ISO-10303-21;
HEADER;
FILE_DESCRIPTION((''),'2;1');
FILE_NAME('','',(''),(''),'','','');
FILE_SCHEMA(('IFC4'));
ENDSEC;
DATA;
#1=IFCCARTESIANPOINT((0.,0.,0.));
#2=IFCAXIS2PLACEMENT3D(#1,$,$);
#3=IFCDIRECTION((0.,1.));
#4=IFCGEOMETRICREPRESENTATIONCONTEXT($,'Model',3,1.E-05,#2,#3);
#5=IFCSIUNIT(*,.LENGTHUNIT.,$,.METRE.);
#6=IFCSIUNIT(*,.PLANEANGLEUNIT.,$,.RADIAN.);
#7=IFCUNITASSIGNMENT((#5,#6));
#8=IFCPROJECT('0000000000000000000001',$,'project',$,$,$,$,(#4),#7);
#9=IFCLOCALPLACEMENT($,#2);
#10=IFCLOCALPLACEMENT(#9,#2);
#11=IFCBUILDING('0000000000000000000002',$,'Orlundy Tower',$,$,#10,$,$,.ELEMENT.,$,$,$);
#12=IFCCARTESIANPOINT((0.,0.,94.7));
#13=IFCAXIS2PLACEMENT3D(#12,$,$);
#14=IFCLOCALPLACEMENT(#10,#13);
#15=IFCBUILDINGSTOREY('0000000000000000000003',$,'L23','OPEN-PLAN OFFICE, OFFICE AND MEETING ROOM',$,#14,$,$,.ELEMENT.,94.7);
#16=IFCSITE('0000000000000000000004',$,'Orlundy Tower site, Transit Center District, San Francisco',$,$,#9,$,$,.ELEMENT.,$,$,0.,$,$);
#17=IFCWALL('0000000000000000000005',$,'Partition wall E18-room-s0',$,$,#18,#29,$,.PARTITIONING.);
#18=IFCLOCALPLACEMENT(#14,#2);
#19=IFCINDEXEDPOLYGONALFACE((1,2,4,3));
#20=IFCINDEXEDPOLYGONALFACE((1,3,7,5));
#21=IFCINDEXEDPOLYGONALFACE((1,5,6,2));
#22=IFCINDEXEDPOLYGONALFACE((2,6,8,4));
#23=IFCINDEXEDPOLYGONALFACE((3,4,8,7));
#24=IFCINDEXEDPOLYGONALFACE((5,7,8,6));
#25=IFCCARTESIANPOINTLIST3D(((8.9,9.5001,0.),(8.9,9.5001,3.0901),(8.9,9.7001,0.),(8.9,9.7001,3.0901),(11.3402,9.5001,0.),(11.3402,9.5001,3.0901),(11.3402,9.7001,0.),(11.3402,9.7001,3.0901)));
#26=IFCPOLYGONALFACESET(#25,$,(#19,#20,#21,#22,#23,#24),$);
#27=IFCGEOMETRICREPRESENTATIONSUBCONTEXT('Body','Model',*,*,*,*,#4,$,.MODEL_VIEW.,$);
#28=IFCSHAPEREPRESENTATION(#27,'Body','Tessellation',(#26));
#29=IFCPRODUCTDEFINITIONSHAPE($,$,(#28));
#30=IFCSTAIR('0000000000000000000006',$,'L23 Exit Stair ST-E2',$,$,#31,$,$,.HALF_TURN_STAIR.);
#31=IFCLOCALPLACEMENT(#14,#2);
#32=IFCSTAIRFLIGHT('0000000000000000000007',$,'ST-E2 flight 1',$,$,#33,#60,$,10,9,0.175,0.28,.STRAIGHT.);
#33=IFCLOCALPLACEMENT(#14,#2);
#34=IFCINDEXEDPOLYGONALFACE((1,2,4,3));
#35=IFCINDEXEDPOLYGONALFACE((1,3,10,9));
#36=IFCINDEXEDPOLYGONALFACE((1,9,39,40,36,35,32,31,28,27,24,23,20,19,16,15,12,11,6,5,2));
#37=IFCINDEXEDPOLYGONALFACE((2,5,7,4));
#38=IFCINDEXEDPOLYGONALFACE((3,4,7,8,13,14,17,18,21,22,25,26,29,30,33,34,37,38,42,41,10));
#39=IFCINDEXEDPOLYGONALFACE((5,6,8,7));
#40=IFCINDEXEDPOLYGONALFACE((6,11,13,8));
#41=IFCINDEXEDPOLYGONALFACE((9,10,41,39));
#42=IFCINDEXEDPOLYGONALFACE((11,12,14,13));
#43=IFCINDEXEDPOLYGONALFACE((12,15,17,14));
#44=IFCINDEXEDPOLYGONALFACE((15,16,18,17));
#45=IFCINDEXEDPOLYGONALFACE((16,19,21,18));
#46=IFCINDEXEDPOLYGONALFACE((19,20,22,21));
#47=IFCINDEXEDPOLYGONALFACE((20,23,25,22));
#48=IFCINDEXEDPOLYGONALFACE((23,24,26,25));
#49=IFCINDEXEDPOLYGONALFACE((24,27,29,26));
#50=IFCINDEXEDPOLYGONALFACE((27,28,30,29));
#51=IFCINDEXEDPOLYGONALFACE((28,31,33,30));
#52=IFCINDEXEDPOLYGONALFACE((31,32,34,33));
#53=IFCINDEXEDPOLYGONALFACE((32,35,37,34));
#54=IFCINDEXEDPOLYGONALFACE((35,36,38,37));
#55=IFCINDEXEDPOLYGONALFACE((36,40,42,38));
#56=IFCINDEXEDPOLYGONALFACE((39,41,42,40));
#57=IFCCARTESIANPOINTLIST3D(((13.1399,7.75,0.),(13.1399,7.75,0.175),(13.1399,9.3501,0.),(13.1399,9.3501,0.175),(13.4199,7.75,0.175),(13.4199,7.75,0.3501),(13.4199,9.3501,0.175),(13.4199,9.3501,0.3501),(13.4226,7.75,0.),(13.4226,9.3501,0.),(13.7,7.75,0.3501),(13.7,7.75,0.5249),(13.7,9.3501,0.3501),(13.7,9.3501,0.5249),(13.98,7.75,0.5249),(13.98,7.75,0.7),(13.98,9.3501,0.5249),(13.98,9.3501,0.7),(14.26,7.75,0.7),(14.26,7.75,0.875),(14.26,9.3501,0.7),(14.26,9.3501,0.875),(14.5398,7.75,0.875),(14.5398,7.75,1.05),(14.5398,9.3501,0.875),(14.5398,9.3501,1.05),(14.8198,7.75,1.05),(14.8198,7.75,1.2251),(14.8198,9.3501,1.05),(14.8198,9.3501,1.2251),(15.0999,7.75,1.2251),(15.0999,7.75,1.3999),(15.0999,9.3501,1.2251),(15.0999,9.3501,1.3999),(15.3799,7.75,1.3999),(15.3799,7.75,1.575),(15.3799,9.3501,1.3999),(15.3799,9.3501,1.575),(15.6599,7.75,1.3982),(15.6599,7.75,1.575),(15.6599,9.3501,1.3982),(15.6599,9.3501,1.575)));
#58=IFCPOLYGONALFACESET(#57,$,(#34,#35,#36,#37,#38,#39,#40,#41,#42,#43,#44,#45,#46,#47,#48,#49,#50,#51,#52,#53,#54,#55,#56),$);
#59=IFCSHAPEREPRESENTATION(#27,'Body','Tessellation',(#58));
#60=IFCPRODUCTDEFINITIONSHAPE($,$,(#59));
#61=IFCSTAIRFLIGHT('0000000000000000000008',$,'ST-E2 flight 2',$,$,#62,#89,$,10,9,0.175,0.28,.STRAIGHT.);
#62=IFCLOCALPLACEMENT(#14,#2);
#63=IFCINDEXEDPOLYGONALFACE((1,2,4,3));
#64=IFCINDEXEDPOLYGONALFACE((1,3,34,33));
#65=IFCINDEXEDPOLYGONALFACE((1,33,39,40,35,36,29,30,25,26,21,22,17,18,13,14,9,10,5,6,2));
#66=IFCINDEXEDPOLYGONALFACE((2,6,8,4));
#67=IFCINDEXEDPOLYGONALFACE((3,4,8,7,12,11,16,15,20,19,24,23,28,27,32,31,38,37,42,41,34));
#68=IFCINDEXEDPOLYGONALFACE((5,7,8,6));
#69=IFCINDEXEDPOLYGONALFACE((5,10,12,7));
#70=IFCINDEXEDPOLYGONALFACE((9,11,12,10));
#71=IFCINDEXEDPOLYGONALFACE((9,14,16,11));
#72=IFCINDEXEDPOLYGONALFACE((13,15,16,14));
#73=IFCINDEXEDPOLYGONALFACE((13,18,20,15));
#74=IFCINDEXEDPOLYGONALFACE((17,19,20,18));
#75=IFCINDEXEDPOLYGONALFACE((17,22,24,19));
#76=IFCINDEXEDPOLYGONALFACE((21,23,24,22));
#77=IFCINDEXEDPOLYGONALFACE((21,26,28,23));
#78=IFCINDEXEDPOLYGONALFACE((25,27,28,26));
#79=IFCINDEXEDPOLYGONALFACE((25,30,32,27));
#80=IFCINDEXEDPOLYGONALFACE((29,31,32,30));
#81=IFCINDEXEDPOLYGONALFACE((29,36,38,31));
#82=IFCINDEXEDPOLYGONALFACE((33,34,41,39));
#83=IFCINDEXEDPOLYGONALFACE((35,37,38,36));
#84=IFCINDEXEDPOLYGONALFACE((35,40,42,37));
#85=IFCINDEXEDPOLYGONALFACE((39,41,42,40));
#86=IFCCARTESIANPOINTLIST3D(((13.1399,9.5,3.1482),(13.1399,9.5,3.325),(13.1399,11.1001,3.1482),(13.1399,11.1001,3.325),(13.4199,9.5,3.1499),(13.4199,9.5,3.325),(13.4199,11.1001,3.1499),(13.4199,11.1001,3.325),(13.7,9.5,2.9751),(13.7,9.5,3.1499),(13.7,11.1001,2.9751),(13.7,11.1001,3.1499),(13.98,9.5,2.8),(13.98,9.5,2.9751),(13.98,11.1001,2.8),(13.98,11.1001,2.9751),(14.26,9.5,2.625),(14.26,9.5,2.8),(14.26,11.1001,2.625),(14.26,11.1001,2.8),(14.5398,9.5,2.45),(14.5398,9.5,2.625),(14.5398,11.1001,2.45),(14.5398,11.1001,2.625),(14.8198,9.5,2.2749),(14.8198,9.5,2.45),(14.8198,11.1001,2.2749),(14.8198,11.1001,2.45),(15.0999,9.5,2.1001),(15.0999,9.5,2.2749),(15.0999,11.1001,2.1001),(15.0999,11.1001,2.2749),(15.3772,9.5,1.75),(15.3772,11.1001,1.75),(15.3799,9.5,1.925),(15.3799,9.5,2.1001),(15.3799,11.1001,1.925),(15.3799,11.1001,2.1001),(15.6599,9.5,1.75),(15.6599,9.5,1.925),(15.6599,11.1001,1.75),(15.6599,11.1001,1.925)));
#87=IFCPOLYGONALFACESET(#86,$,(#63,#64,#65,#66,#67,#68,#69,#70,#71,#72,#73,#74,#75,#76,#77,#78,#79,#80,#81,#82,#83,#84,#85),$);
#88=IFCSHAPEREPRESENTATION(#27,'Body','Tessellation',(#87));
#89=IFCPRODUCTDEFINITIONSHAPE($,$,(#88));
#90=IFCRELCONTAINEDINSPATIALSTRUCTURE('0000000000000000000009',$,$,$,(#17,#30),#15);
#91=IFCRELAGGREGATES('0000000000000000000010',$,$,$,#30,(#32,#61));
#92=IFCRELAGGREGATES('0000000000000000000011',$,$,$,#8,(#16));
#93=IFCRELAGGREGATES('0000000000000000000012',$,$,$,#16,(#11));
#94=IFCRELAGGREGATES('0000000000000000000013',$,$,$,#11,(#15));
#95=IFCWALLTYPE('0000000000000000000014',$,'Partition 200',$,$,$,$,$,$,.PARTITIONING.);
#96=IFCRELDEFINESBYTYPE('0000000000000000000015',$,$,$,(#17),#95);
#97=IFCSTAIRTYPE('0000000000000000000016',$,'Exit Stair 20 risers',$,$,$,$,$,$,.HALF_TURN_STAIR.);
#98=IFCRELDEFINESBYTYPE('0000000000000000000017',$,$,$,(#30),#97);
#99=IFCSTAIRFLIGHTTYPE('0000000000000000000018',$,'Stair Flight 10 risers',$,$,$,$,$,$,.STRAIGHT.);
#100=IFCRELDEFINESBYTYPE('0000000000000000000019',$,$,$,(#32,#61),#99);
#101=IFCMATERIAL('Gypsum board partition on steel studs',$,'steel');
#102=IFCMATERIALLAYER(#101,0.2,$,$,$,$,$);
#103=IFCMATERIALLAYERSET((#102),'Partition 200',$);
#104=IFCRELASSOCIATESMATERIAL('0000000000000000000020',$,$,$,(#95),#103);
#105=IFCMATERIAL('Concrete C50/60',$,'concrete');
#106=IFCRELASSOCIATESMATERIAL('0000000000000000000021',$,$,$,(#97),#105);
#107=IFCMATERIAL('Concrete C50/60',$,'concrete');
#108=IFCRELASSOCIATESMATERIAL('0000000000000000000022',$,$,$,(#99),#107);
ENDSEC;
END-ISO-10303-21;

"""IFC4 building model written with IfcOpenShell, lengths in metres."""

from ifc_helpers import new_model, si_unit, direction, frame, frame_2d, origin, place, context, subcontext, project, spatial, polyline, rectangle, outline, extrude, material, layer, layer_set, type_object, element, aggregate, save


model = new_model("IFC4")

# Units and contexts
model_context = context("Model", 3, precision=1e-05, world=origin(), true_north=direction((0.0, 1.0)))
body_context = subcontext(model_context, "Body", "Model", "MODEL_VIEW")
ifc_project = project(units=[si_unit("LENGTHUNIT", "METRE"), si_unit("PLANEANGLEUNIT", "RADIAN")], contexts=[model_context])

# Site, building, storey
site_placement = place(None, origin())
site = spatial("IfcSite", under=ifc_project, at=site_placement, Name="Orlundy Tower site, Transit Center District, San Francisco", CompositionType="ELEMENT", RefElevation=0.0)
building_placement = place(site_placement, origin())
building = spatial("IfcBuilding", under=site, at=building_placement, Name="Orlundy Tower", CompositionType="ELEMENT")
storey_placement = place(building_placement, frame((0.0, 0.0, 94.7)))
storey = spatial("IfcBuildingStorey", under=building, at=storey_placement, Name="L23", Description="OPEN-PLAN OFFICE, OFFICE AND MEETING ROOM", CompositionType="ELEMENT", Elevation=94.7)

# Wall
ifc_material_1 = material(Name="Gypsum board partition on steel studs", Category="steel")
ifc_layer_1 = layer(ifc_material_1, 0.2)
ifc_layer_set_1 = layer_set([ifc_layer_1], Name="Partition 200")
wall_type_1 = type_object("IfcWallType", Name="Partition 200", PredefinedType="PARTITIONING", material=ifc_layer_set_1)
wall_1_placement = place(storey_placement, frame((8.8999, 9.6001, 0.0), z_axis=(0.0, 0.0, 1.0), x_axis=(1.0, 0.0, 0.0)))
element("IfcWall", 1, at=wall_1_placement, inside=storey, type_object=wall_type_1, Name="Partition wall E18-room-s0", PredefinedType="PARTITIONING", context=body_context, shape_type="SweptSolid", body=[
    extrude(rectangle(XDim=2.4402, YDim=0.2, at=frame_2d((1.2202, 0.0))), origin(), (0.0, 0.0, 1.0), 3.0901),
])

# Stair, stair flights
ifc_material_2 = material(Name="Concrete C50/60", Category="concrete")
stair_type = type_object("IfcStairType", Name="Exit Stair 20 risers", PredefinedType="HALF_TURN_STAIR", material=ifc_material_2)
stair_placement = place(storey_placement, origin())
stair = element("IfcStair", 2, at=stair_placement, inside=storey, type_object=stair_type, Name="L23 Exit Stair ST-E2", PredefinedType="HALF_TURN_STAIR")
ifc_material_3 = material(Name="Concrete C50/60", Category="concrete")
stair_flight_type = type_object("IfcStairFlightType", Name="Stair Flight 10 risers", PredefinedType="STRAIGHT", material=ifc_material_3)
stair_flight_1_placement = place(storey_placement, frame((13.1399, 8.55, 0.0), z_axis=(0.0, 0.0, 1.0), x_axis=(1.0, 0.0, 0.0)))
stair_flight_1 = element("IfcStairFlight", 3, at=stair_flight_1_placement, type_object=stair_flight_type, Name="ST-E2 flight 1", NumberOfRisers=10, NumberOfTreads=9, PredefinedType="STRAIGHT", RiserHeight=0.175, TreadLength=0.28, context=body_context, shape_type="SweptSolid", body=[
    extrude(outline(polyline([(0.0, 0.0), (0.0, 0.175), (0.28, 0.175), (0.28, 0.3501), (0.5601, 0.3501), (0.5601, 0.5249), (0.8401, 0.5249), (0.8401, 0.7), (1.1201, 0.7), (1.1201, 0.875), (1.3999, 0.875), (1.3999, 1.05), (1.6799, 1.05), (1.6799, 1.2251), (1.96, 1.2251), (1.96, 1.3999), (2.24, 1.3999), (2.24, 1.575), (2.52, 1.575), (2.52, 1.75), (2.52, 1.3982), (0.2827, 0.0), (0.0, 0.0)])), frame((0.0, 0.8, 0.0), z_axis=(0.0, -1.0, 0.0), x_axis=(1.0, 0.0, 0.0)), (0.0, 0.0, 1.0), 1.6001),
])
stair_flight_2_placement = place(storey_placement, frame((15.6599, 10.3, 1.75), z_axis=(0.0, 0.0, 1.0), x_axis=(-1.0, 0.0, 0.0)))
stair_flight_2 = element("IfcStairFlight", 4, at=stair_flight_2_placement, type_object=stair_flight_type, Name="ST-E2 flight 2", NumberOfRisers=10, NumberOfTreads=9, PredefinedType="STRAIGHT", RiserHeight=0.175, TreadLength=0.28, context=body_context, shape_type="SweptSolid", body=[
    extrude(outline(polyline([(0.0, 0.0), (0.0, 0.175), (0.28, 0.175), (0.28, 0.3501), (0.5601, 0.3501), (0.5601, 0.5249), (0.8401, 0.5249), (0.8401, 0.7), (1.1201, 0.7), (1.1201, 0.875), (1.3999, 0.875), (1.3999, 1.05), (1.6799, 1.05), (1.6799, 1.2251), (1.96, 1.2251), (1.96, 1.3999), (2.24, 1.3999), (2.24, 1.575), (2.52, 1.575), (2.52, 1.75), (2.52, 1.3982), (0.2827, 0.0), (0.0, 0.0)])), frame((0.0, 0.8, 0.0), z_axis=(0.0, -1.0, 0.0), x_axis=(1.0, 0.0, 0.0)), (0.0, 0.0, 1.0), 1.6001),
])
aggregate(stair, [stair_flight_1, stair_flight_2])

save(model, "model.ifc")
